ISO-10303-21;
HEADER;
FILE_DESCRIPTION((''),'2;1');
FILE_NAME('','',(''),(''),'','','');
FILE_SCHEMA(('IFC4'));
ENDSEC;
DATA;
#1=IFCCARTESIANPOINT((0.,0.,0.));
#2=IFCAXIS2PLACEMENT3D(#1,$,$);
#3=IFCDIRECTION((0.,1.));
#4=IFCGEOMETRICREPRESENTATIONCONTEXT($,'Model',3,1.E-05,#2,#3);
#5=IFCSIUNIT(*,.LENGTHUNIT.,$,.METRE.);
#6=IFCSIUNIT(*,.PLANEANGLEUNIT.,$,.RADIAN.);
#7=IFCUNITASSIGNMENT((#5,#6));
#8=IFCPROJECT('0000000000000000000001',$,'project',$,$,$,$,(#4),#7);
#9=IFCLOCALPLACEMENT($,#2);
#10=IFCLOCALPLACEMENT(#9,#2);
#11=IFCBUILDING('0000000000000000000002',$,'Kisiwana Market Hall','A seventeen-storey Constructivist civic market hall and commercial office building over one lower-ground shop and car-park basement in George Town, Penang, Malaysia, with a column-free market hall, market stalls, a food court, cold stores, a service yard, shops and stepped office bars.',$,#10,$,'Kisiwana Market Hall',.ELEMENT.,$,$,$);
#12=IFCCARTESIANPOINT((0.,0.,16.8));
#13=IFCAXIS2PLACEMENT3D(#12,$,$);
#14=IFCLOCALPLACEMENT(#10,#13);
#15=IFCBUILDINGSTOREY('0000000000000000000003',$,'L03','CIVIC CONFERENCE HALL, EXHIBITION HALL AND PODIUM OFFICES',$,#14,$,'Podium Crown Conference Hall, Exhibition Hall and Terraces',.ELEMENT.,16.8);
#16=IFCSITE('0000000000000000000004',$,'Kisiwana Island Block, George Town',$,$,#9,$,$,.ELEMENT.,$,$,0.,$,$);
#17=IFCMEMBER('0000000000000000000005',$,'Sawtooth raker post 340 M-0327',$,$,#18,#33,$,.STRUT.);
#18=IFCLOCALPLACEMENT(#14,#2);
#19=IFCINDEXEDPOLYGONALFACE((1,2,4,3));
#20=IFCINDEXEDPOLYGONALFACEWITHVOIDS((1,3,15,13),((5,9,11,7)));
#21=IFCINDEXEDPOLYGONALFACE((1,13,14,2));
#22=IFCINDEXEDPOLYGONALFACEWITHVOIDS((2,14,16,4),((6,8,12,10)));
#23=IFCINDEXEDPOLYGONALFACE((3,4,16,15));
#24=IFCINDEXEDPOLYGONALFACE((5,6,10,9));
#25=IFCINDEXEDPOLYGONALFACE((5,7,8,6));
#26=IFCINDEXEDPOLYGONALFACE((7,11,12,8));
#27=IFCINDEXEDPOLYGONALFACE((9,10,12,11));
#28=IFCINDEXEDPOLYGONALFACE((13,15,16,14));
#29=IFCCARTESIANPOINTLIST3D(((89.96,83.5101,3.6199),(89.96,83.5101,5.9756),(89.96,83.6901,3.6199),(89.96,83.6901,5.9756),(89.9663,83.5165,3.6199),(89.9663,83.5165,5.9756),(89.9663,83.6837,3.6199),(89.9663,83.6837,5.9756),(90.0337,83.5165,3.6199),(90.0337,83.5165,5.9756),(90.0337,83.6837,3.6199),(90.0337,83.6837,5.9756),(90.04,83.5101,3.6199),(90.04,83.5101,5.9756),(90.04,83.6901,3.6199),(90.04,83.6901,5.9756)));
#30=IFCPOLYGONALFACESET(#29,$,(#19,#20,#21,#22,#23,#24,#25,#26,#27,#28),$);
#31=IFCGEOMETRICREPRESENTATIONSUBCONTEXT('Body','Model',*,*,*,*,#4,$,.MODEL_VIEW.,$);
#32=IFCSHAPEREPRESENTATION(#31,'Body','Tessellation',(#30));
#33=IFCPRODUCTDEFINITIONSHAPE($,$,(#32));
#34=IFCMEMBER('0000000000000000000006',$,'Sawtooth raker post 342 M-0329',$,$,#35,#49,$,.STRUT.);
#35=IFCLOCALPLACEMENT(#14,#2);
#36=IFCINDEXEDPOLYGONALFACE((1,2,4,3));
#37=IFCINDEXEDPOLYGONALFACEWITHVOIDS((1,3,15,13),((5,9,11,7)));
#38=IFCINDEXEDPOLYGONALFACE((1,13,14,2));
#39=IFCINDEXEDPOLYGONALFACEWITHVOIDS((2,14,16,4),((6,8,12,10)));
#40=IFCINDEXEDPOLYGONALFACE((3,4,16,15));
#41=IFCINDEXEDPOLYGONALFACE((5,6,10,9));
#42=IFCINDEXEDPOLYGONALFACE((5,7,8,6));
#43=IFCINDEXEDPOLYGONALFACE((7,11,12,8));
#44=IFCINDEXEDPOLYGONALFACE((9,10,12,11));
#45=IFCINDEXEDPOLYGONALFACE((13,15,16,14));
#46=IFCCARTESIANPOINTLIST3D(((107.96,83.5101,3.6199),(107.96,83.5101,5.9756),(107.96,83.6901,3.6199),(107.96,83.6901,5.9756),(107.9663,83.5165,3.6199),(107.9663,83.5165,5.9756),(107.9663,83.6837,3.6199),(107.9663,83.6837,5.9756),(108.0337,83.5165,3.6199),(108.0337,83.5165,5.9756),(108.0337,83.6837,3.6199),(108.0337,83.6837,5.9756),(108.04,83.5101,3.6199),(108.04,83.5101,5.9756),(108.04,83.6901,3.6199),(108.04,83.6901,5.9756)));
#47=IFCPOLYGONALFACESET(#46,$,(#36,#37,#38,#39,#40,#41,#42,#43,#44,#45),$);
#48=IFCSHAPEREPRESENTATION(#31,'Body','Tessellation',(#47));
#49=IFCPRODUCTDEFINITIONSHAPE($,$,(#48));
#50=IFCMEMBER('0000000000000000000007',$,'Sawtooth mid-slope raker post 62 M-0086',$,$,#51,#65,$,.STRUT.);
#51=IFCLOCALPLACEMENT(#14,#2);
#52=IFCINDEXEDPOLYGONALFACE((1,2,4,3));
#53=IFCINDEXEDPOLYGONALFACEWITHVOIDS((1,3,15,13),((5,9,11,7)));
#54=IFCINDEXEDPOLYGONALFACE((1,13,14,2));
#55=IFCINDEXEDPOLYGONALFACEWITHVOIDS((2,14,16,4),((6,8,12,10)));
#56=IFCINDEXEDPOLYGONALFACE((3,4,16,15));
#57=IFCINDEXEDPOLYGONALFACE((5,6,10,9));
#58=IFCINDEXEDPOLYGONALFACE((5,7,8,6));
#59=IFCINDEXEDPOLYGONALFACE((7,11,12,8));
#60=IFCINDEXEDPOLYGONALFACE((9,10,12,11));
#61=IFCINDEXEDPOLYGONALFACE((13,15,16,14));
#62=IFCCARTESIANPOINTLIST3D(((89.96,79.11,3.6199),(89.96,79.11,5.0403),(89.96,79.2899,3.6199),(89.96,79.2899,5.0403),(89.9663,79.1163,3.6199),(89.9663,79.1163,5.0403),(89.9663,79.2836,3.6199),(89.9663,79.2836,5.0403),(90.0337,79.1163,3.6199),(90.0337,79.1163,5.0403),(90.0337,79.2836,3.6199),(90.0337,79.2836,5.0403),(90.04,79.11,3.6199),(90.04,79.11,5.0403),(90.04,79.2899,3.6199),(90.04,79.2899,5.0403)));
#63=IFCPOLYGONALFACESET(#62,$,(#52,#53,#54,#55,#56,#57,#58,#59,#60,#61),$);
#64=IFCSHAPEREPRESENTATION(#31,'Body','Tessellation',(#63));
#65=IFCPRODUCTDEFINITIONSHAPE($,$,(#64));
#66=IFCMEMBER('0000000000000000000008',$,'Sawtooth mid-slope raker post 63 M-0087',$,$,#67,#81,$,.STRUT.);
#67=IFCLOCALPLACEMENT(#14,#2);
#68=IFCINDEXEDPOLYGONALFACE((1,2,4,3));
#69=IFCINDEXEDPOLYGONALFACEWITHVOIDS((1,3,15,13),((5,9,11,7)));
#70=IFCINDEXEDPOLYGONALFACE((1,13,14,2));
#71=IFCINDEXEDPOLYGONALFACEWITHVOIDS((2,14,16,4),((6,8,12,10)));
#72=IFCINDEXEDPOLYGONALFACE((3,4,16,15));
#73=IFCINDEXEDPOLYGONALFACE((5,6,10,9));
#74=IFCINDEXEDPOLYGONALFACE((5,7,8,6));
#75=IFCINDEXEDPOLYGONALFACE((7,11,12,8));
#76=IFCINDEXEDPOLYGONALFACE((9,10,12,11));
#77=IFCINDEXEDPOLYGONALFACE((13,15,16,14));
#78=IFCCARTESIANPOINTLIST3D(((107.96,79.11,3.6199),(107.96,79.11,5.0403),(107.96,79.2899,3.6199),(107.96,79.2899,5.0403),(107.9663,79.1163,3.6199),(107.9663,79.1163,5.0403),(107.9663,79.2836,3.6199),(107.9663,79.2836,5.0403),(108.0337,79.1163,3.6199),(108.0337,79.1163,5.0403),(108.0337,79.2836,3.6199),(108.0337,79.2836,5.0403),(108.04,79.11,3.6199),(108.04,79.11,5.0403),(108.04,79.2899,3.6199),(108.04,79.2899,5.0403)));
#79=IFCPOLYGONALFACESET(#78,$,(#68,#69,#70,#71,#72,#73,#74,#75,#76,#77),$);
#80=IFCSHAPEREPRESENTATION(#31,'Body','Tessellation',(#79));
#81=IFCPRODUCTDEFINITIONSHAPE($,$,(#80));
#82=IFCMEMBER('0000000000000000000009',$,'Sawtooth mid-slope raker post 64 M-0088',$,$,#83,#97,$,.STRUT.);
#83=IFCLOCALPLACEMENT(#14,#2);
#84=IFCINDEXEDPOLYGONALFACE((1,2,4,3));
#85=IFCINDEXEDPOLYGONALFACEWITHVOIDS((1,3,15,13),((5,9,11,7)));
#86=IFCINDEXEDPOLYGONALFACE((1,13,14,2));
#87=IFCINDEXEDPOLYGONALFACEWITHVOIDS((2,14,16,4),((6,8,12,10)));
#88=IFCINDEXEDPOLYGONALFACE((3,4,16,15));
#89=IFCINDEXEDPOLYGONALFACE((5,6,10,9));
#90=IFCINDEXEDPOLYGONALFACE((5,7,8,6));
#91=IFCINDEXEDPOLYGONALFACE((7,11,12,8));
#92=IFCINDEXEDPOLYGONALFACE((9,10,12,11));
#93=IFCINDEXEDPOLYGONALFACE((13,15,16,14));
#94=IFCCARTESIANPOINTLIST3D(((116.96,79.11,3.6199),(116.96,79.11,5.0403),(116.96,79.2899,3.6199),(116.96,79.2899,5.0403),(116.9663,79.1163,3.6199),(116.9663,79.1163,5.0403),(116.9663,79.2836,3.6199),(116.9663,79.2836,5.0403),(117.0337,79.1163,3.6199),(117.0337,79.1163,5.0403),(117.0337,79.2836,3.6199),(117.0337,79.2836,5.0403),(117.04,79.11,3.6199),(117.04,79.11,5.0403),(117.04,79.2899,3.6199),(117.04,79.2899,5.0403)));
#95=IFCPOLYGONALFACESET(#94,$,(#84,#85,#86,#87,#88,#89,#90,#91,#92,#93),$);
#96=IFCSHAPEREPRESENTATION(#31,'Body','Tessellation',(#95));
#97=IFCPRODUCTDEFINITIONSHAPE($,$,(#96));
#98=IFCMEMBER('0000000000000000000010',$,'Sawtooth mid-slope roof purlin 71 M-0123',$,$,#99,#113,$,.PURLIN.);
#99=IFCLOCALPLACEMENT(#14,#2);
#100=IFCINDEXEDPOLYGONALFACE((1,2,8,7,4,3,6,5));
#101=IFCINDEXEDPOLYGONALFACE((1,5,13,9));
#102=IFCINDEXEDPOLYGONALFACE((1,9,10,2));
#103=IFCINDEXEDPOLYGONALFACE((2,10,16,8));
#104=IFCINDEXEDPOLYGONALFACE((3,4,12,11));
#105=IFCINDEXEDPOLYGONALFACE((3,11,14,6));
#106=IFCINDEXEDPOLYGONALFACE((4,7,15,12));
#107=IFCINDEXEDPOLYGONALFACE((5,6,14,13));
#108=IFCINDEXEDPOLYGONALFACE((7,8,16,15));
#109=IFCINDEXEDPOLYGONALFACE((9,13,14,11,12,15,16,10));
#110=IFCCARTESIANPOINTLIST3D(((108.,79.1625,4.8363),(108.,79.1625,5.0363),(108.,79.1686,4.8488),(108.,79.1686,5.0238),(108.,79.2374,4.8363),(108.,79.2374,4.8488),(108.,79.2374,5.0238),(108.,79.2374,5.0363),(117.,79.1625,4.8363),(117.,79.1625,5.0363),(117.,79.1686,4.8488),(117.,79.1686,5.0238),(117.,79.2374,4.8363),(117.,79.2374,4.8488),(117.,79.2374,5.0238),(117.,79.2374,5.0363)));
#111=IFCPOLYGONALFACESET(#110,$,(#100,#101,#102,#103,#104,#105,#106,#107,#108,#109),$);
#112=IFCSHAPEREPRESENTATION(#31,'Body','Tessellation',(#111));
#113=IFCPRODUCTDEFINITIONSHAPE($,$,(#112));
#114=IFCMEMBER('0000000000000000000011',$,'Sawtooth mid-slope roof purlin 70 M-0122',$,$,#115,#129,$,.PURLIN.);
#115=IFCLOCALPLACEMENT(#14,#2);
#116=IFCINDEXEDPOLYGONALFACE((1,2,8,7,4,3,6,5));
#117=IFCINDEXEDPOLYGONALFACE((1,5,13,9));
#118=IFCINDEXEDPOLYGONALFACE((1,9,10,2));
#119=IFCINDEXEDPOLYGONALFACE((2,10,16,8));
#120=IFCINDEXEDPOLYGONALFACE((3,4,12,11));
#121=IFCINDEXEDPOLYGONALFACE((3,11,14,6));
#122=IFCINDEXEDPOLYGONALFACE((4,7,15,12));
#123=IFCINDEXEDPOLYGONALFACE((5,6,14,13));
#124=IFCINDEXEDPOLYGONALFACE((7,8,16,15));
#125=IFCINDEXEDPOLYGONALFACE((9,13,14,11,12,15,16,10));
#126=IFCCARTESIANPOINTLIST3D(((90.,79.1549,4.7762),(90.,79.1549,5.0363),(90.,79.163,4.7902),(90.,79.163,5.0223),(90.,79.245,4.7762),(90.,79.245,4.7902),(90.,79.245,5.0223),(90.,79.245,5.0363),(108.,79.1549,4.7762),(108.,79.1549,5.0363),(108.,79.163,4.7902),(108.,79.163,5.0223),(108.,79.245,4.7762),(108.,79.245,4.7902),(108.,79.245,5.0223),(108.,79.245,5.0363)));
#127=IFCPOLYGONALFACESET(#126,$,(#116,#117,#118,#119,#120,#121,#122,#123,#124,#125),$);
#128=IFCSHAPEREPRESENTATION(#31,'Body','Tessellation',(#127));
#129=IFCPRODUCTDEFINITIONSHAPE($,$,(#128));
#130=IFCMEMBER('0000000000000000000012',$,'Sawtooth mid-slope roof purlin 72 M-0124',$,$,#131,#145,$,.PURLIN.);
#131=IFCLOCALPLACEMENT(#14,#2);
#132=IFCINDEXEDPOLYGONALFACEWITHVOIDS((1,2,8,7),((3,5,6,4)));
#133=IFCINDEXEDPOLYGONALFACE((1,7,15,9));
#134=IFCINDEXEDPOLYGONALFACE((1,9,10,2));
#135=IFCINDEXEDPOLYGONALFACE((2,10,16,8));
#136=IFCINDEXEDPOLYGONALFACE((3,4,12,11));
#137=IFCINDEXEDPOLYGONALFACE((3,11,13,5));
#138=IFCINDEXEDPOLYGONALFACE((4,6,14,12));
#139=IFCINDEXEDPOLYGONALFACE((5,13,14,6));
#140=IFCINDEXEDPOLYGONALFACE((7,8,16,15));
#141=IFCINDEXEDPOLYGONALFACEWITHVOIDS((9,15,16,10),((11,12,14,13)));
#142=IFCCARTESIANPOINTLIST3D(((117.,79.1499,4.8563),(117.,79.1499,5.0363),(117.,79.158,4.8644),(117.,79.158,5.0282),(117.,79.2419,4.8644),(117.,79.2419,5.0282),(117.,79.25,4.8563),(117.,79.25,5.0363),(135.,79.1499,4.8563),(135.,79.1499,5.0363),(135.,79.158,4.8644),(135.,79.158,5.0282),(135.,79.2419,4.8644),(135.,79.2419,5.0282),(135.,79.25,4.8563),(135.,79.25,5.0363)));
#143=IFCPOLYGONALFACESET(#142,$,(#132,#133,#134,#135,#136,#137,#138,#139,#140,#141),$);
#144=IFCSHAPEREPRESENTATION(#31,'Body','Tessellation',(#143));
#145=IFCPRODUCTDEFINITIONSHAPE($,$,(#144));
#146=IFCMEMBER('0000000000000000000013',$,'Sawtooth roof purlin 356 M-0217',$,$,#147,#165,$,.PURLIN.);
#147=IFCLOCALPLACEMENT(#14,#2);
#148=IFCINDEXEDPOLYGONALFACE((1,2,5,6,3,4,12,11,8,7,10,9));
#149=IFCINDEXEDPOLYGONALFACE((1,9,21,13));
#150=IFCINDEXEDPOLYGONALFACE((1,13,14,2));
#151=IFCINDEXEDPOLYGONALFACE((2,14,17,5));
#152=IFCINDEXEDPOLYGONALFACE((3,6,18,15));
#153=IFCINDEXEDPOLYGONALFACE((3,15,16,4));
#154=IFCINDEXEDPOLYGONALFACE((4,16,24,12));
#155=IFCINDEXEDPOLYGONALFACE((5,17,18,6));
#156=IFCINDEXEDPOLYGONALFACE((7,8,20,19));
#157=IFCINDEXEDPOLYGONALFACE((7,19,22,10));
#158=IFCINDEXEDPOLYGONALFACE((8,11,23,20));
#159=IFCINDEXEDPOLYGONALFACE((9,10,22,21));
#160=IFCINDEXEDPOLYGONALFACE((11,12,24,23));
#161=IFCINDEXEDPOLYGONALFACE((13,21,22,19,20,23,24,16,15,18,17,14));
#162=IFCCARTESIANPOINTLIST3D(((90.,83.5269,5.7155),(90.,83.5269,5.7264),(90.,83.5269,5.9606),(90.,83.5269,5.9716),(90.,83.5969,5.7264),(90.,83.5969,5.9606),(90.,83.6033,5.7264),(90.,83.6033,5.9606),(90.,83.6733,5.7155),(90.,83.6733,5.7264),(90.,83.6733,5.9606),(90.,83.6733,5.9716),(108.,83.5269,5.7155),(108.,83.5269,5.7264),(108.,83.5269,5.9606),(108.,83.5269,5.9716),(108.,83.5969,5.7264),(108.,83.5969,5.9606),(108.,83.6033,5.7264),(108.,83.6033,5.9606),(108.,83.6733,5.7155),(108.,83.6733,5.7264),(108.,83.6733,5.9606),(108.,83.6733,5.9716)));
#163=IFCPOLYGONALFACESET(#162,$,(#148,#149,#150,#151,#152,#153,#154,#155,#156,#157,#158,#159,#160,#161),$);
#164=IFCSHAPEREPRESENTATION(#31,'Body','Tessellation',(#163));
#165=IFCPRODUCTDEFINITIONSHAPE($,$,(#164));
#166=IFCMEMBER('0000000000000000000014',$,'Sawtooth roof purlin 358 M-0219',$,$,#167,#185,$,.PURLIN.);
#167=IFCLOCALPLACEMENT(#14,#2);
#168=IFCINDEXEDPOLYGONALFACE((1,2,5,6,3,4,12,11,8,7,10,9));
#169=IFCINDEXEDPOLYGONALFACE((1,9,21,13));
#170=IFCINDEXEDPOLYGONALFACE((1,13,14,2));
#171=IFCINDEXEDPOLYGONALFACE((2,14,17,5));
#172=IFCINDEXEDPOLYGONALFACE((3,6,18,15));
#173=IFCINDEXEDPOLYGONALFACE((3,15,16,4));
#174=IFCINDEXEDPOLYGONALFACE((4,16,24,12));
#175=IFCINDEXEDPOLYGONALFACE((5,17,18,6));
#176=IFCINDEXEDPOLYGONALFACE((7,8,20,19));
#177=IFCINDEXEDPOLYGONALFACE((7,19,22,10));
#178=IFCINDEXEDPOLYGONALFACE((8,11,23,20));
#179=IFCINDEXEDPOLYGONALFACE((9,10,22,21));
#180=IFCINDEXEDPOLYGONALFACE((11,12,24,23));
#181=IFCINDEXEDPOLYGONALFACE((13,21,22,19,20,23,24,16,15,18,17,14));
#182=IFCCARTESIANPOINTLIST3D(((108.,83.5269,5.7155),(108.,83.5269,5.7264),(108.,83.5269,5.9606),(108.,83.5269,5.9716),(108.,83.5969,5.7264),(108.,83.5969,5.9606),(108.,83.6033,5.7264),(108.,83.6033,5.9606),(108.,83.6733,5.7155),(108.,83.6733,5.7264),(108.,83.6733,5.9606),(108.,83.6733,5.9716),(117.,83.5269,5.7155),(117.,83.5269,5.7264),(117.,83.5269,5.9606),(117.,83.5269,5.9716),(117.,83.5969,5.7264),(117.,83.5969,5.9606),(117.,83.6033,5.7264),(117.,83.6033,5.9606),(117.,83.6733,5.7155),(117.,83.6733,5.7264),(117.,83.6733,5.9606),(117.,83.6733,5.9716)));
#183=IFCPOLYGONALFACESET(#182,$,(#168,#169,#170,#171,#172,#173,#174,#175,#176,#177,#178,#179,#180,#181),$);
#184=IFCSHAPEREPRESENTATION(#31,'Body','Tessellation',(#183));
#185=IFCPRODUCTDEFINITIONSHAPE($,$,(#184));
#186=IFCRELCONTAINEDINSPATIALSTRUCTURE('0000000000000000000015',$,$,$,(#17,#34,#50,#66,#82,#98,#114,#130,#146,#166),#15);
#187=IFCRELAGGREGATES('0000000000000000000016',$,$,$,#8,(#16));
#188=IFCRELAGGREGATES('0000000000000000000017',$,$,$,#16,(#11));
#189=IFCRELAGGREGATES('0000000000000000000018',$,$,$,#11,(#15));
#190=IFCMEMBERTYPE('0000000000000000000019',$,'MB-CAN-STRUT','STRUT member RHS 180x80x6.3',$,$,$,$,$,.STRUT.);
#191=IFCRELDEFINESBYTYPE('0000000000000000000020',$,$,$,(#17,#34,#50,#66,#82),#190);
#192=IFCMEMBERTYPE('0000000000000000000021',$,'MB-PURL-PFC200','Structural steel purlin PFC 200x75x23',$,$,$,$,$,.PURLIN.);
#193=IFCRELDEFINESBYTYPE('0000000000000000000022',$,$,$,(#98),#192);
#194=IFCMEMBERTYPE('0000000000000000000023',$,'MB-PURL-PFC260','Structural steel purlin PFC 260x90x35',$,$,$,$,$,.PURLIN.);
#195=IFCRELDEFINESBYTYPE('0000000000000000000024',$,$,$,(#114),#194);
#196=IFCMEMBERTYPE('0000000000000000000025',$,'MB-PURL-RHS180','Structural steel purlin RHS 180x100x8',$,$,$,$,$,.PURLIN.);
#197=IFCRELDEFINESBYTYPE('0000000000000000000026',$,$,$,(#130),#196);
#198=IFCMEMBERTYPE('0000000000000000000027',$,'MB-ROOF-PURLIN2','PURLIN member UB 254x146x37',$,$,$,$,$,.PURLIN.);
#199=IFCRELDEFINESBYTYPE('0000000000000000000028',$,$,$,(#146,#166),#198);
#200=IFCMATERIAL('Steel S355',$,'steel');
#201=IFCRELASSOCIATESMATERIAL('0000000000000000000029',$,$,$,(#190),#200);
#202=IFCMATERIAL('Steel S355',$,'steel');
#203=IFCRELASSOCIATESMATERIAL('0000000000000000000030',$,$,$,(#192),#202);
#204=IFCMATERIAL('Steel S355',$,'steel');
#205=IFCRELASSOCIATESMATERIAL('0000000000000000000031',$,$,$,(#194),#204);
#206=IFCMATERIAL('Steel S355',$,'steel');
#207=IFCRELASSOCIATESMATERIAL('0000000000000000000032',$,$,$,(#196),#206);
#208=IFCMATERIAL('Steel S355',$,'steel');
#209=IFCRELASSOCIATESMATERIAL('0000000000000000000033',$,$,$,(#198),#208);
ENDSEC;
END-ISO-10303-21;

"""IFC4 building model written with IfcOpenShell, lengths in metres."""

from ifc_helpers import new_model, si_unit, direction, frame, origin, origin_2d, place, context, subcontext, project, spatial, hollow_rectangle, i_section, u_section, extrude, material, material_profile, profile_set, type_object, element, save


model = new_model("IFC4")

# Units and contexts
model_context = context("Model", 3, precision=1e-05, world=origin(), true_north=direction((0.0, 1.0)))
body_context = subcontext(model_context, "Body", "Model", "MODEL_VIEW")
ifc_project = project(units=[si_unit("LENGTHUNIT", "METRE"), si_unit("PLANEANGLEUNIT", "RADIAN")], contexts=[model_context])

# Site, building, storey
site_placement = place(None, origin())
site = spatial("IfcSite", under=ifc_project, at=site_placement, Name="Kisiwana Island Block, George Town", CompositionType="ELEMENT", RefElevation=0.0)
building_placement = place(site_placement, origin())
building = spatial("IfcBuilding", under=site, at=building_placement, Name="Kisiwana Market Hall", Description="A seventeen-storey Constructivist civic market hall and commercial office building over one lower-ground shop and car-park basement in George Town, Penang, Malaysia, with a column-free market hall, market stalls, a food court, cold stores, a service yard, shops and stepped office bars.", LongName="Kisiwana Market Hall", CompositionType="ELEMENT")
storey_placement = place(building_placement, frame((0.0, 0.0, 16.8)))
storey = spatial("IfcBuildingStorey", under=building, at=storey_placement, Name="L03", Description="CIVIC CONFERENCE HALL, EXHIBITION HALL AND PODIUM OFFICES", LongName="Podium Crown Conference Hall, Exhibition Hall and Terraces", CompositionType="ELEMENT", Elevation=16.8)

# Members
ifc_material_1 = material(Name="Steel S355", Category="steel")
ifc_material_profile_1 = material_profile(ifc_material_1, hollow_rectangle(XDim=0.0801, YDim=0.1799, WallThickness=0.0063, at=origin_2d()), Name="RHS 180x80x6.3")
ifc_profile_set_1 = profile_set([ifc_material_profile_1], Name="Steel S355")
member_type_1 = type_object("IfcMemberType", Name="MB-CAN-STRUT", Description="STRUT member RHS 180x80x6.3", PredefinedType="STRUT", material=ifc_profile_set_1)
for number, where, z_axis, x_axis, name in (
    (1, (90.0, 83.6001, 3.6199), (0.0, 0.0, 1.0), (1.0, 0.0, 0.0), "Sawtooth raker post 340 M-0327"),
    (2, (108.0, 83.6001, 3.6199), (0.0, 0.0, 1.0), (1.0, 0.0, 0.0), "Sawtooth raker post 342 M-0329"),
):
    element("IfcMember", number, at=place(storey_placement, frame(where, z_axis=z_axis, x_axis=x_axis)), inside=storey, type_object=member_type_1, Name=name, PredefinedType="STRUT", context=body_context, shape_type="SweptSolid", body=[
        extrude(hollow_rectangle(XDim=0.0801, YDim=0.1799, WallThickness=0.0063, at=origin_2d()), origin(), (0.0, 0.0, 1.0), 2.3557),
    ])
for number, where, z_axis, x_axis, name in (
    (3, (90.0, 79.2, 3.6199), (0.0, 0.0, 1.0), (1.0, 0.0, 0.0), "Sawtooth mid-slope raker post 62 M-0086"),
    (4, (108.0, 79.2, 3.6199), (0.0, 0.0, 1.0), (1.0, 0.0, 0.0), "Sawtooth mid-slope raker post 63 M-0087"),
    (5, (117.0, 79.2, 3.6199), (0.0, 0.0, 1.0), (1.0, 0.0, 0.0), "Sawtooth mid-slope raker post 64 M-0088"),
):
    element("IfcMember", number, at=place(storey_placement, frame(where, z_axis=z_axis, x_axis=x_axis)), inside=storey, type_object=member_type_1, Name=name, PredefinedType="STRUT", context=body_context, shape_type="SweptSolid", body=[
        extrude(hollow_rectangle(XDim=0.0801, YDim=0.1799, WallThickness=0.0063, at=origin_2d()), origin(), (0.0, 0.0, 1.0), 1.4204),
    ])
ifc_material_2 = material(Name="Steel S355", Category="steel")
ifc_material_profile_2 = material_profile(ifc_material_2, u_section(Depth=0.2, FlangeWidth=0.075, WebThickness=0.0061, FlangeThickness=0.0125, at=origin_2d()), Name="PFC 200x75x23")
ifc_profile_set_2 = profile_set([ifc_material_profile_2], Name="Steel S355")
member_type_2 = type_object("IfcMemberType", Name="MB-PURL-PFC200", Description="Structural steel purlin PFC 200x75x23", PredefinedType="PURLIN", material=ifc_profile_set_2)
member_1_placement = place(storey_placement, frame((108.0, 79.2, 4.9363), z_axis=(1.0, 0.0, 0.0), x_axis=(0.0, 1.0, 0.0)))
element("IfcMember", 6, at=member_1_placement, inside=storey, type_object=member_type_2, Name="Sawtooth mid-slope roof purlin 71 M-0123", PredefinedType="PURLIN", context=body_context, shape_type="SweptSolid", body=[
    extrude(u_section(Depth=0.2, FlangeWidth=0.075, WebThickness=0.0061, FlangeThickness=0.0125, at=origin_2d()), origin(), (0.0, 0.0, 1.0), 9.0),
])
ifc_material_3 = material(Name="Steel S355", Category="steel")
ifc_material_profile_3 = material_profile(ifc_material_3, u_section(Depth=0.26, FlangeWidth=0.0901, WebThickness=0.0081, FlangeThickness=0.0139, at=origin_2d()), Name="PFC 260x90x35")
ifc_profile_set_3 = profile_set([ifc_material_profile_3], Name="Steel S355")
member_type_3 = type_object("IfcMemberType", Name="MB-PURL-PFC260", Description="Structural steel purlin PFC 260x90x35", PredefinedType="PURLIN", material=ifc_profile_set_3)
member_2_placement = place(storey_placement, frame((90.0, 79.2, 4.9062), z_axis=(1.0, 0.0, 0.0), x_axis=(0.0, 1.0, 0.0)))
element("IfcMember", 7, at=member_2_placement, inside=storey, type_object=member_type_3, Name="Sawtooth mid-slope roof purlin 70 M-0122", PredefinedType="PURLIN", context=body_context, shape_type="SweptSolid", body=[
    extrude(u_section(Depth=0.26, FlangeWidth=0.0901, WebThickness=0.0081, FlangeThickness=0.0139, at=origin_2d()), origin(), (0.0, 0.0, 1.0), 18.0),
])
ifc_material_4 = material(Name="Steel S355", Category="steel")
ifc_material_profile_4 = material_profile(ifc_material_4, hollow_rectangle(XDim=0.1001, YDim=0.1799, WallThickness=0.0081, at=origin_2d()), Name="RHS 180x100x8")
ifc_profile_set_4 = profile_set([ifc_material_profile_4], Name="Steel S355")
member_type_4 = type_object("IfcMemberType", Name="MB-PURL-RHS180", Description="Structural steel purlin RHS 180x100x8", PredefinedType="PURLIN", material=ifc_profile_set_4)
member_3_placement = place(storey_placement, frame((117.0, 79.2, 4.9463), z_axis=(1.0, 0.0, 0.0), x_axis=(0.0, 1.0, 0.0)))
element("IfcMember", 8, at=member_3_placement, inside=storey, type_object=member_type_4, Name="Sawtooth mid-slope roof purlin 72 M-0124", PredefinedType="PURLIN", context=body_context, shape_type="SweptSolid", body=[
    extrude(hollow_rectangle(XDim=0.1001, YDim=0.1799, WallThickness=0.0081, at=origin_2d()), origin(), (0.0, 0.0, 1.0), 18.0),
])
ifc_material_5 = material(Name="Steel S355", Category="steel")
ifc_material_profile_5 = material_profile(ifc_material_5, i_section(OverallWidth=0.1465, OverallDepth=0.2561, WebThickness=0.0063, FlangeThickness=0.011, at=origin_2d()), Name="UB 254x146x37")
ifc_profile_set_5 = profile_set([ifc_material_profile_5], Name="Steel S355")
member_type_5 = type_object("IfcMemberType", Name="MB-ROOF-PURLIN2", Description="PURLIN member UB 254x146x37", PredefinedType="PURLIN", material=ifc_profile_set_5)
member_4_placement = place(storey_placement, frame((90.0, 83.6001, 5.8435), z_axis=(1.0, 0.0, 0.0), x_axis=(0.0, 1.0, 0.0)))
element("IfcMember", 9, at=member_4_placement, inside=storey, type_object=member_type_5, Name="Sawtooth roof purlin 356 M-0217", PredefinedType="PURLIN", context=body_context, shape_type="SweptSolid", body=[
    extrude(i_section(OverallWidth=0.1465, OverallDepth=0.2561, WebThickness=0.0063, FlangeThickness=0.011, at=origin_2d()), origin(), (0.0, 0.0, 1.0), 18.0),
])
member_5_placement = place(storey_placement, frame((108.0, 83.6001, 5.8435), z_axis=(1.0, 0.0, 0.0), x_axis=(0.0, 1.0, 0.0)))
element("IfcMember", 10, at=member_5_placement, inside=storey, type_object=member_type_5, Name="Sawtooth roof purlin 358 M-0219", PredefinedType="PURLIN", context=body_context, shape_type="SweptSolid", body=[
    extrude(i_section(OverallWidth=0.1465, OverallDepth=0.2561, WebThickness=0.0063, FlangeThickness=0.011, at=origin_2d()), origin(), (0.0, 0.0, 1.0), 9.0),
])

save(model, "model.ifc")
